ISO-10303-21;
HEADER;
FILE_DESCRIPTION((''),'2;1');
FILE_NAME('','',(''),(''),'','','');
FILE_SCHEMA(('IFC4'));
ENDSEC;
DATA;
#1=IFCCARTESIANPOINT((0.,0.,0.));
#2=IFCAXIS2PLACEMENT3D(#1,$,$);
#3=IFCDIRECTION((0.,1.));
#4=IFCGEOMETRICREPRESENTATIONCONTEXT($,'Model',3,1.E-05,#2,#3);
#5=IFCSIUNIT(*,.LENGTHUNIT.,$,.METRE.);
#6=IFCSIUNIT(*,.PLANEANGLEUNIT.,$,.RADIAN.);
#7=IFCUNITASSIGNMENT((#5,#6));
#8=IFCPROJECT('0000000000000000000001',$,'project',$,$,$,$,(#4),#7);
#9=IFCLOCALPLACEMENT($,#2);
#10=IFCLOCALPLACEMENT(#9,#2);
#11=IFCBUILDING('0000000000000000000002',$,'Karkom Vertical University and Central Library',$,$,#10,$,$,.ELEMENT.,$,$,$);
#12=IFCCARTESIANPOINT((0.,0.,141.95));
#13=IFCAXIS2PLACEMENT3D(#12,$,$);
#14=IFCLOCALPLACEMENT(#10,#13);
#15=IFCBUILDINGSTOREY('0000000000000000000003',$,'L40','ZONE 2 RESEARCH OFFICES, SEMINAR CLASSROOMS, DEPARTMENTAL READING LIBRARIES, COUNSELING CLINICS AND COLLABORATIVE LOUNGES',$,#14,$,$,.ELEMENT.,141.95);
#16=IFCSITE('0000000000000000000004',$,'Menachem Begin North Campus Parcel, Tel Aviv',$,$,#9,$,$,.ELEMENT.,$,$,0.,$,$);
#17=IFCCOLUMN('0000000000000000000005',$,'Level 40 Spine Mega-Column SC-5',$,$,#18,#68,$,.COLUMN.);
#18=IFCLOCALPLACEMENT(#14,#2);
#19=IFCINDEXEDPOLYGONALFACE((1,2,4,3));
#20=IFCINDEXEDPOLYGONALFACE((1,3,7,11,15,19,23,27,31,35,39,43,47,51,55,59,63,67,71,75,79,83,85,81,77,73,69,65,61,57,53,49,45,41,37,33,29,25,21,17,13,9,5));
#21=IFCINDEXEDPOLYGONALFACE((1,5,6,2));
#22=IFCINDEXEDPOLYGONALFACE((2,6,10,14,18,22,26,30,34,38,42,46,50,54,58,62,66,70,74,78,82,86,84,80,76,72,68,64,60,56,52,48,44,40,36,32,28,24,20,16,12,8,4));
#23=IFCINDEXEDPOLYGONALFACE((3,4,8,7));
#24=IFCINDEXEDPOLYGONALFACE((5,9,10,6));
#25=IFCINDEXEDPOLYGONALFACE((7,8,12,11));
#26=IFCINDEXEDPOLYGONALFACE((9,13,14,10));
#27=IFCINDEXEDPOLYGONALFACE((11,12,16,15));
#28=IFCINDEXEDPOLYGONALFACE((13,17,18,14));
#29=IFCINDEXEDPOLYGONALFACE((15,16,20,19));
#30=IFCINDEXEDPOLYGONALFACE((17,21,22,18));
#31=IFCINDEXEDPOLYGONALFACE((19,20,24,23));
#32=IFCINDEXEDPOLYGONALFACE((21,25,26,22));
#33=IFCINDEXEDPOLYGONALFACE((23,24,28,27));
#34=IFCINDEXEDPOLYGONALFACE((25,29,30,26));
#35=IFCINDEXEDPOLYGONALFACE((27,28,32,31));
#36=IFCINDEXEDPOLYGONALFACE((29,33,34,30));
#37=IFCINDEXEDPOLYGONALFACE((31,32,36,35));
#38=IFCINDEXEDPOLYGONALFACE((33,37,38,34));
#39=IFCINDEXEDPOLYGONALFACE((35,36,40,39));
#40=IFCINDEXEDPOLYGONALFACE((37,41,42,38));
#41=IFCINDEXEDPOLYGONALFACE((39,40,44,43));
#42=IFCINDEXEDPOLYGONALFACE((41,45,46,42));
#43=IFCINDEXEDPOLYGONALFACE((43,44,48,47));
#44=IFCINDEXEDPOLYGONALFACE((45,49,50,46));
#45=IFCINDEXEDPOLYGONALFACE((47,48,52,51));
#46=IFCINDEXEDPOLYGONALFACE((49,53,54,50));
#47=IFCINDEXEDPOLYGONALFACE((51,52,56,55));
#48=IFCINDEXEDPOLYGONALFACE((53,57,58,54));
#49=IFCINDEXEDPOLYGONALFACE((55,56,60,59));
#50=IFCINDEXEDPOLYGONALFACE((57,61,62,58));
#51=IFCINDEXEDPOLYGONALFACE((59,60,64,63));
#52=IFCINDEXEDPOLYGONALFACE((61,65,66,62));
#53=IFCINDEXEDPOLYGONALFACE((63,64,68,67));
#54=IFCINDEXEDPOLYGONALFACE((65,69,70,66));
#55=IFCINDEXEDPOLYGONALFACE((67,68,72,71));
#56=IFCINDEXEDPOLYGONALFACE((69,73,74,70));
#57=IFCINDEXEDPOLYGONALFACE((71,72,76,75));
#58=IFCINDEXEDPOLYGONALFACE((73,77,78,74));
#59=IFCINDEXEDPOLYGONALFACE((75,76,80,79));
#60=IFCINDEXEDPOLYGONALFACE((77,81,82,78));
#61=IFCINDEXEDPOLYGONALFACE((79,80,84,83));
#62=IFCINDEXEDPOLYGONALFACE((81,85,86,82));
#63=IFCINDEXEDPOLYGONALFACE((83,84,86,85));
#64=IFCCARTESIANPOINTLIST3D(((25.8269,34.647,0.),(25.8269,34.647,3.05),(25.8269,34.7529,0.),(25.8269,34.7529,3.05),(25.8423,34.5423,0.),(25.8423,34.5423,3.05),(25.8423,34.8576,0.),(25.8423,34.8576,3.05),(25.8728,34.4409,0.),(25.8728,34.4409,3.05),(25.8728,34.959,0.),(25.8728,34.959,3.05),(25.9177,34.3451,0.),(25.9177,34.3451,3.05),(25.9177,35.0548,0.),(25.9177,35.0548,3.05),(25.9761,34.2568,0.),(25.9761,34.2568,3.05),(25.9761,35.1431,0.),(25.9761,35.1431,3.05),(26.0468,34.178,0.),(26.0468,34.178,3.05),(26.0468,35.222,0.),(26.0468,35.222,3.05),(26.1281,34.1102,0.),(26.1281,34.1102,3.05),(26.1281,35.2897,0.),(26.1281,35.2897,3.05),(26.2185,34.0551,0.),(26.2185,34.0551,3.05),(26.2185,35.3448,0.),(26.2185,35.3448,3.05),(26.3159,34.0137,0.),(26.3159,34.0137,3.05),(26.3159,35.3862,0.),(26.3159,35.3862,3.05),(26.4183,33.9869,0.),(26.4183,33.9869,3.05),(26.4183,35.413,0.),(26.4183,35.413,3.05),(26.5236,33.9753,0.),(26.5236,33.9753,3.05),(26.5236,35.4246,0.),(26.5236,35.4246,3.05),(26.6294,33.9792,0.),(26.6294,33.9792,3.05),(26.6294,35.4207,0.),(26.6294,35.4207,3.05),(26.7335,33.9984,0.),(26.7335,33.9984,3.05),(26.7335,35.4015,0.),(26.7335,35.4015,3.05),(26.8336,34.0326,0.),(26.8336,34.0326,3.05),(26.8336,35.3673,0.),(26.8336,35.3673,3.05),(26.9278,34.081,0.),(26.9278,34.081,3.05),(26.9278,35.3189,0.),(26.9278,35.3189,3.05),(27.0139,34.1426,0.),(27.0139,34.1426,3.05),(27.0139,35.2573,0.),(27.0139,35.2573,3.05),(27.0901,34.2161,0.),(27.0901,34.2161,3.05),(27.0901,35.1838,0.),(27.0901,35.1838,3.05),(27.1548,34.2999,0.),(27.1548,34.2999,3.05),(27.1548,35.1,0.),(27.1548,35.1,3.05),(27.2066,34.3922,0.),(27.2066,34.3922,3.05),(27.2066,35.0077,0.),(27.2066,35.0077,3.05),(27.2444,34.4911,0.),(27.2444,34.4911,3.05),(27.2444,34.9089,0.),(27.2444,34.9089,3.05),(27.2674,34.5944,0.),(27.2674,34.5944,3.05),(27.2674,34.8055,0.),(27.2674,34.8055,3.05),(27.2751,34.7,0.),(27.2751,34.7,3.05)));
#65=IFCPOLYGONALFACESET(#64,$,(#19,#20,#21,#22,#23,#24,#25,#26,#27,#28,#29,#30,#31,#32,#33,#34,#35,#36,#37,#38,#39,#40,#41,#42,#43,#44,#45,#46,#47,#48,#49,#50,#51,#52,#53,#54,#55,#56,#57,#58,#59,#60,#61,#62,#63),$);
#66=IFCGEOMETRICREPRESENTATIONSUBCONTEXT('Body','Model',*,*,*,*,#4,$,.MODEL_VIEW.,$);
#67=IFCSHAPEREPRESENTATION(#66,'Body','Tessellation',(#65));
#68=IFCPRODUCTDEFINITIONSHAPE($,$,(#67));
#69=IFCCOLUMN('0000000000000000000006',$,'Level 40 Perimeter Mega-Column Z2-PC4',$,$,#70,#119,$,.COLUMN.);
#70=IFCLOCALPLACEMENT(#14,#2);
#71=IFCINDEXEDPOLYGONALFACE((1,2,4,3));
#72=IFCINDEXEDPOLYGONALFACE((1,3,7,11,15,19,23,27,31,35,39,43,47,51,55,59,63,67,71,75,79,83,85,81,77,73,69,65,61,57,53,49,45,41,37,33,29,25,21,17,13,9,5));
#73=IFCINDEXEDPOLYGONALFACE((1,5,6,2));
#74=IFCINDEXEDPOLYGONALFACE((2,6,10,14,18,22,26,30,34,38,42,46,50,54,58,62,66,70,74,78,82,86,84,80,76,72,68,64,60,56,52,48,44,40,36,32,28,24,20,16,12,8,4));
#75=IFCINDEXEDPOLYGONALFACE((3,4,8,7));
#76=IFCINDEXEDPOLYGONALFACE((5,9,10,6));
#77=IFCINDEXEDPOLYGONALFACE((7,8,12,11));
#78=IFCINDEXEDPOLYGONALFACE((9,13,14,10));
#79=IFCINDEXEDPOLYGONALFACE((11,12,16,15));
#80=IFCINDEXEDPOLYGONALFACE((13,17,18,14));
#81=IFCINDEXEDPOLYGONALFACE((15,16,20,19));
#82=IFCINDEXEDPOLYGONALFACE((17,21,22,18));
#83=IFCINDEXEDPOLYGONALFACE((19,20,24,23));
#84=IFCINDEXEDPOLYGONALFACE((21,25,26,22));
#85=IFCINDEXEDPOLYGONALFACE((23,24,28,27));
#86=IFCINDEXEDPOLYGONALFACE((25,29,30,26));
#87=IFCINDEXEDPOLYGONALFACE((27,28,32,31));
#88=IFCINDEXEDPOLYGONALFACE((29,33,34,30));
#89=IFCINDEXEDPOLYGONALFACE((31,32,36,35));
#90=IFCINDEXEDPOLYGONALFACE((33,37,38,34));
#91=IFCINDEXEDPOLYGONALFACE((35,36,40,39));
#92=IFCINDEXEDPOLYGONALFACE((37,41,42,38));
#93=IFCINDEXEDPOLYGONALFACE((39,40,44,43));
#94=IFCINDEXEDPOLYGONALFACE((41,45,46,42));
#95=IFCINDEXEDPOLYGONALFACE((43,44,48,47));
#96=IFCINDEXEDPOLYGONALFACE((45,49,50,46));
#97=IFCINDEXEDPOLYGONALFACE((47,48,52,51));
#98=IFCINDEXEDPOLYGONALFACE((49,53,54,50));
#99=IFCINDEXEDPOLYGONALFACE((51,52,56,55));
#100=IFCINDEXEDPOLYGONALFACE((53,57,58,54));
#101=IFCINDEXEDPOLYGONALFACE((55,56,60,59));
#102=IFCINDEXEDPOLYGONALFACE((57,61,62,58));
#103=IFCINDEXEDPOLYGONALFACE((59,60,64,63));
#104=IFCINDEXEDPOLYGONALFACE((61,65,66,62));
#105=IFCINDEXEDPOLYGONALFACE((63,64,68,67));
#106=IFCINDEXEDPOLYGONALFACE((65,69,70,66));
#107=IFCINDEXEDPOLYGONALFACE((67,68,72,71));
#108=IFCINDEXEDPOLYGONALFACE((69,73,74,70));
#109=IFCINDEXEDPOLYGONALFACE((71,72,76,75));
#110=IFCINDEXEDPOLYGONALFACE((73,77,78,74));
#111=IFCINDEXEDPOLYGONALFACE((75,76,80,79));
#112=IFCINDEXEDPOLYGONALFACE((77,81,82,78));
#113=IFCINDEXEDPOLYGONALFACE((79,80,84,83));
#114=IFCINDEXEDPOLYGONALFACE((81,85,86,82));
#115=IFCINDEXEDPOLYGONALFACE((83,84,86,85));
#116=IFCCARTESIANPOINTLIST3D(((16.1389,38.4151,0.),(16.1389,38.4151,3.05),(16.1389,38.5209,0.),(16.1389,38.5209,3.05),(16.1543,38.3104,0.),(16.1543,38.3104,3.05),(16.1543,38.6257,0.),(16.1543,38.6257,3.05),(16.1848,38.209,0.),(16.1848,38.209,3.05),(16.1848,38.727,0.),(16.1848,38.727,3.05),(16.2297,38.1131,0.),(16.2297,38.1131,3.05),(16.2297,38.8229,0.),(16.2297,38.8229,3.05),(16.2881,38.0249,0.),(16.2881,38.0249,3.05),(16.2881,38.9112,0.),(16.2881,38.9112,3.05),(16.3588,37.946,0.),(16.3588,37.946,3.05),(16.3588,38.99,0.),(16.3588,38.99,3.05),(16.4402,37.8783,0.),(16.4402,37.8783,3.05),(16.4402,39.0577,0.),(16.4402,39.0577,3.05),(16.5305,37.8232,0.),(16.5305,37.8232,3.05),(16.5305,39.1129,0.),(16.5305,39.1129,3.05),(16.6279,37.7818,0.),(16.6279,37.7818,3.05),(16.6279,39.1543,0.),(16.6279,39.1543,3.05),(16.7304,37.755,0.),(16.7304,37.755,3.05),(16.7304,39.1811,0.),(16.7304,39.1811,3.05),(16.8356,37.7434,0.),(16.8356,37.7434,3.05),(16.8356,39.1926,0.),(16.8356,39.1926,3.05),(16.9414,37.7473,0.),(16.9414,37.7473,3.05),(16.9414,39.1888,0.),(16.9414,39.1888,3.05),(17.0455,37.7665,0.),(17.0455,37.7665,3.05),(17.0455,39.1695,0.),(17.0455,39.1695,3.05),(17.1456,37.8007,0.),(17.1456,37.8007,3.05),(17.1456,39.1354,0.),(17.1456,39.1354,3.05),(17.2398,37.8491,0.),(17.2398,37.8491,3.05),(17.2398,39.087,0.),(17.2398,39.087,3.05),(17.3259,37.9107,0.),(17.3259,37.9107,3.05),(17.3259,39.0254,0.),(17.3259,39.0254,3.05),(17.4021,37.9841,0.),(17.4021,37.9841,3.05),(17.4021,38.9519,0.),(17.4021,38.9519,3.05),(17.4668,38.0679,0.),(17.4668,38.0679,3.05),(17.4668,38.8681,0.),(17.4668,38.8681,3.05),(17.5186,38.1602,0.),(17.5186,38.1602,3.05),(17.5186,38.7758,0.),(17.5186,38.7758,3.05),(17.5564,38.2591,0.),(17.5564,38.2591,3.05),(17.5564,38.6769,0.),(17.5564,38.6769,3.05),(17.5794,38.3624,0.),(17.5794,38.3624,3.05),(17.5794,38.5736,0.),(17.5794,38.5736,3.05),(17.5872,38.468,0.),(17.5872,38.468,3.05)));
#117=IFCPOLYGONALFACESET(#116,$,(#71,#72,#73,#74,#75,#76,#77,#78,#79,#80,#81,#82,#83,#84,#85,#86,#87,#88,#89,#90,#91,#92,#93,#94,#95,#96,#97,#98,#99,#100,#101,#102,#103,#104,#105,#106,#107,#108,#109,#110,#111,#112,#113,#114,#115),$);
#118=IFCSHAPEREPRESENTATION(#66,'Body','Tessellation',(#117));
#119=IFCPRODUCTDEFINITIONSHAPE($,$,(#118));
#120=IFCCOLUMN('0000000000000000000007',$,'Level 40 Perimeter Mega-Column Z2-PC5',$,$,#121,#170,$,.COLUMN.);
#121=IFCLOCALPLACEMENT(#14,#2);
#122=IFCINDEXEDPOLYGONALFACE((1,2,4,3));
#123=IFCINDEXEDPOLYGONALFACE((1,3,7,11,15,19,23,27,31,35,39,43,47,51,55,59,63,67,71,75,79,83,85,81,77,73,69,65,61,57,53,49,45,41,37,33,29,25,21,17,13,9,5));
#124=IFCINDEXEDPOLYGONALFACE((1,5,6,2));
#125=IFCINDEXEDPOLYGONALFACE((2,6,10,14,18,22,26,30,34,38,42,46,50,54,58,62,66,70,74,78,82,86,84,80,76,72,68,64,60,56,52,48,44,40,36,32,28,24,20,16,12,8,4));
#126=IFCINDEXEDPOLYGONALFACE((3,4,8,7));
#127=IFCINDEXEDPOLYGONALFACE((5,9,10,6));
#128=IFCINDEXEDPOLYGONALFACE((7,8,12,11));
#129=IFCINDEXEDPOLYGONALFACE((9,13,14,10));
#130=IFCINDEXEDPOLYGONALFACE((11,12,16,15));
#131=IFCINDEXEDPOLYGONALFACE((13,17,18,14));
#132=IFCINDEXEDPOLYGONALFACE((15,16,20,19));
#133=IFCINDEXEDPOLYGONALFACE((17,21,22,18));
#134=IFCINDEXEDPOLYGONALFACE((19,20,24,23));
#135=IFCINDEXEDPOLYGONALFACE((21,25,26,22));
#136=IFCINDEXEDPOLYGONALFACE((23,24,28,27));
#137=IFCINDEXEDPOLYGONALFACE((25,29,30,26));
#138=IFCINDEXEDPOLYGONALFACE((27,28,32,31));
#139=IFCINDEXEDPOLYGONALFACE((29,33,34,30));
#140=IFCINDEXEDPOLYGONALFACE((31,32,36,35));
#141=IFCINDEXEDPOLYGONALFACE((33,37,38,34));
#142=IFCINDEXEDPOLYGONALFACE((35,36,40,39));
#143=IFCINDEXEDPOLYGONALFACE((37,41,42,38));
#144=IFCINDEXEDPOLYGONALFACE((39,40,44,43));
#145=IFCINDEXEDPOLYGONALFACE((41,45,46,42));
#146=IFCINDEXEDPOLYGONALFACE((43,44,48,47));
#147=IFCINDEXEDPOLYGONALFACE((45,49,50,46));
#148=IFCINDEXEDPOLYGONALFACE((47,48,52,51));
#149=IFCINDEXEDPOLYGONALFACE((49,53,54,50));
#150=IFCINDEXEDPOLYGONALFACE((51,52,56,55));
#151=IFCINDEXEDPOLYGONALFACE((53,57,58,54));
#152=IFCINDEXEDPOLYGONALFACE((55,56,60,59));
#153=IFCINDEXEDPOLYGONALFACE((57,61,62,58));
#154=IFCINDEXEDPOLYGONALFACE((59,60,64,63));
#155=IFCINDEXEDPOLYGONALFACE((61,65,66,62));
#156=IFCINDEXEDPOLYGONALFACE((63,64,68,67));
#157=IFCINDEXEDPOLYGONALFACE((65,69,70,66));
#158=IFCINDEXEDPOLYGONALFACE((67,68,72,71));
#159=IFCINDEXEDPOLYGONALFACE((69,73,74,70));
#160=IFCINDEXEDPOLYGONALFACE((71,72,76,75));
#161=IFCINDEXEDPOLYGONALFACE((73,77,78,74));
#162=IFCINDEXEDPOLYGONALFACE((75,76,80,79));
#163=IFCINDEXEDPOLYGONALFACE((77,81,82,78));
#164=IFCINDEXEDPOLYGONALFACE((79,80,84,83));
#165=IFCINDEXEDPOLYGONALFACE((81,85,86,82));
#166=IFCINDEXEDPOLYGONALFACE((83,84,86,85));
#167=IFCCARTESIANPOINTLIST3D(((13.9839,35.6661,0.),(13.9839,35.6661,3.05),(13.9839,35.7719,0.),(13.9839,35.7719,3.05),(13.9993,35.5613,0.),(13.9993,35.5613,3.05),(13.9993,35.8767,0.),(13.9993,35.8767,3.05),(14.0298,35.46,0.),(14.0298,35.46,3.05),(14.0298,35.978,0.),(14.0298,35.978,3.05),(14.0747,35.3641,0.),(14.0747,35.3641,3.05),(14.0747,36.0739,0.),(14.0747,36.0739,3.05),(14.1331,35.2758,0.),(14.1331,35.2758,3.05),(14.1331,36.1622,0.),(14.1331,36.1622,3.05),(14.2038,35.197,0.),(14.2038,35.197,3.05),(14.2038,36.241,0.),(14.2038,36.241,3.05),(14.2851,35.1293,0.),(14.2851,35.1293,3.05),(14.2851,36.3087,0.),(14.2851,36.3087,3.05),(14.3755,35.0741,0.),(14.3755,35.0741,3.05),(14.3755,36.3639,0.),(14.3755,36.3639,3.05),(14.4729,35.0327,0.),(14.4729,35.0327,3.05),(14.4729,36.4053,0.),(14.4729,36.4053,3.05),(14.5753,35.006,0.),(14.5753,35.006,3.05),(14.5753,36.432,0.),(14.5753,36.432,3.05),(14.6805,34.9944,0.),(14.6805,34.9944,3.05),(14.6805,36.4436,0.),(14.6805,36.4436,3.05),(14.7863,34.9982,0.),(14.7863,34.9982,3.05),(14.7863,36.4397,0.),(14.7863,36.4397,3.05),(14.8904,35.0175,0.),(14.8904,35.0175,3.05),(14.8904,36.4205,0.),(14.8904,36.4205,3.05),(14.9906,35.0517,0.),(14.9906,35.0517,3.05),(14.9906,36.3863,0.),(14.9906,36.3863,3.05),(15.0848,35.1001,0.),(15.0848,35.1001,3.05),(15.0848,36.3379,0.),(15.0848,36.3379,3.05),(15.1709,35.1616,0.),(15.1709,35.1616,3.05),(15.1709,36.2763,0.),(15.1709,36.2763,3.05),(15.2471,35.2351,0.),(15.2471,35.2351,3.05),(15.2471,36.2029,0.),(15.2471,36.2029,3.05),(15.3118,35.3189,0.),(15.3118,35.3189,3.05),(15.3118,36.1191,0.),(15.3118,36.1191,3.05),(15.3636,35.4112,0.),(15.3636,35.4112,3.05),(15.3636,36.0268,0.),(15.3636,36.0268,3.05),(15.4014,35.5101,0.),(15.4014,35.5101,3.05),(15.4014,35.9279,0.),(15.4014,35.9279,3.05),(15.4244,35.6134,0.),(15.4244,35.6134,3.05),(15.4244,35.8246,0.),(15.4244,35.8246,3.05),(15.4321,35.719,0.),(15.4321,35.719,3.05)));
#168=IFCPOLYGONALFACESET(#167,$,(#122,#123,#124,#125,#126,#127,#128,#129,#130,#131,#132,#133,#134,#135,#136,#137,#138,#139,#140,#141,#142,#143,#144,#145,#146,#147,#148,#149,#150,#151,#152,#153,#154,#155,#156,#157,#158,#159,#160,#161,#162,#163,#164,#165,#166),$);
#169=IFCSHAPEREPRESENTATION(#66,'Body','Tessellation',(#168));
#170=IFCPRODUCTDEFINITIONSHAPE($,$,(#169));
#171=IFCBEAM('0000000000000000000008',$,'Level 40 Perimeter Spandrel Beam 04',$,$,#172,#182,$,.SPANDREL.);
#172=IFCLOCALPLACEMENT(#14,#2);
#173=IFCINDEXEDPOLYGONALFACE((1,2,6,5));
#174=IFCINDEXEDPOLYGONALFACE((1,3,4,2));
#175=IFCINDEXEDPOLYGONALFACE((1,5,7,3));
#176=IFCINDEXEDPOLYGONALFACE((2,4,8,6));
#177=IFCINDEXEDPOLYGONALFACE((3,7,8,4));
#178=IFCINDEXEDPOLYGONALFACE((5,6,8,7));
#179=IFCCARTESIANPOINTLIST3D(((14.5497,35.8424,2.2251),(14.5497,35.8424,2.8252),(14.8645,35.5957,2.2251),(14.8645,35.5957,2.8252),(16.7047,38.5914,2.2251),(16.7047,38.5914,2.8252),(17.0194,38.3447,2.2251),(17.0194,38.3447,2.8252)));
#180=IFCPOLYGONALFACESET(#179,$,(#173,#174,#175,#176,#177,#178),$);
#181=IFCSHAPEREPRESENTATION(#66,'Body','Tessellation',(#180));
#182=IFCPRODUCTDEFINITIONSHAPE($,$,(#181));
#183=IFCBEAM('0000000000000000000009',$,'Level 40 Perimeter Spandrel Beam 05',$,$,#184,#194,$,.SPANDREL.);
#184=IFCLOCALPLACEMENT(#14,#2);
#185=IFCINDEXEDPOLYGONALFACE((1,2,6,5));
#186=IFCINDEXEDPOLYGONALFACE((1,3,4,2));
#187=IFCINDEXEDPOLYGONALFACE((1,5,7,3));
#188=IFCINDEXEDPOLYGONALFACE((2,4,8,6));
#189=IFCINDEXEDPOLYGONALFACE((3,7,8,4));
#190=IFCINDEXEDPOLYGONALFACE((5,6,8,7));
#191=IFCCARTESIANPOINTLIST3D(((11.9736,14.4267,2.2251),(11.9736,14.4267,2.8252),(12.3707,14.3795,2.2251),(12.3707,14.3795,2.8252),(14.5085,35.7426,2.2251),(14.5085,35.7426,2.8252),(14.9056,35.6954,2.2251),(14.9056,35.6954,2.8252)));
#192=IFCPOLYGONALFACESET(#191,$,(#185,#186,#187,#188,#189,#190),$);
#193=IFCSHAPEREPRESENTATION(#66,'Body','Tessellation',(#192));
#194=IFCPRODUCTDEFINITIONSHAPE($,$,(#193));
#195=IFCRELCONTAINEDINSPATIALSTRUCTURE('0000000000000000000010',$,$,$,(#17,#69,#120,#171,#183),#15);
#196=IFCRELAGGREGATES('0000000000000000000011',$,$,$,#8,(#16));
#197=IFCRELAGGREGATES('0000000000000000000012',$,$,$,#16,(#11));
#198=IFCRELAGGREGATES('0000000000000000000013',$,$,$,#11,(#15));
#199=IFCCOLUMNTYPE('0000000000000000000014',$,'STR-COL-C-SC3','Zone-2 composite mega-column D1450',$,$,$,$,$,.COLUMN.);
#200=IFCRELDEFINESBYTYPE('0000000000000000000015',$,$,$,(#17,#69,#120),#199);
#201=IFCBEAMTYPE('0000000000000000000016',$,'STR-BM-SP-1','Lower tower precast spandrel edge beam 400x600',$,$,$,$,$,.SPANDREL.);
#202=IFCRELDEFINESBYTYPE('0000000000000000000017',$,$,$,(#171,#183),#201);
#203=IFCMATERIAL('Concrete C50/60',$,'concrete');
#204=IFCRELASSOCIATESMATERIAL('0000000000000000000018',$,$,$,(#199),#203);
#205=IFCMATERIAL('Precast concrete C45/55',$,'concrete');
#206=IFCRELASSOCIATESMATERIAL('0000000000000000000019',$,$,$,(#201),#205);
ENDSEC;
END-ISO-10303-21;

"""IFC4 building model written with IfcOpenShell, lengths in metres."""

from ifc_helpers import new_model, si_unit, direction, frame, origin, origin_with_axes, origin_2d, place, context, subcontext, project, spatial, rectangle, circle, extrude, source, transform, mapped, material, material_profile, profile_set, type_object, element, save


model = new_model("IFC4")

# Units and contexts
model_context = context("Model", 3, precision=1e-05, world=origin(), true_north=direction((0.0, 1.0)))
body_context = subcontext(model_context, "Body", "Model", "MODEL_VIEW")
ifc_project = project(units=[si_unit("LENGTHUNIT", "METRE"), si_unit("PLANEANGLEUNIT", "RADIAN")], contexts=[model_context])

# Site, building, storey
site_placement = place(None, origin())
site = spatial("IfcSite", under=ifc_project, at=site_placement, Name="Menachem Begin North Campus Parcel, Tel Aviv", CompositionType="ELEMENT", RefElevation=0.0)
building_placement = place(site_placement, origin())
building = spatial("IfcBuilding", under=site, at=building_placement, Name="Karkom Vertical University and Central Library", CompositionType="ELEMENT")
storey_placement = place(building_placement, frame((0.0, 0.0, 141.95)))
storey = spatial("IfcBuildingStorey", under=building, at=storey_placement, Name="L40", Description="ZONE 2 RESEARCH OFFICES, SEMINAR CLASSROOMS, DEPARTMENTAL READING LIBRARIES, COUNSELING CLINICS AND COLLABORATIVE LOUNGES", CompositionType="ELEMENT", Elevation=141.95)

# Columns
ifc_material_1 = material(Name="Concrete C50/60", Category="concrete")
ifc_material_profile_1 = material_profile(ifc_material_1, circle(Radius=0.7251, at=origin_2d()), Name="CFT-D1450")
ifc_profile_set_1 = profile_set([ifc_material_profile_1], Name="Concrete C50/60")
column_type = type_object("IfcColumnType", Name="STR-COL-C-SC3", Description="Zone-2 composite mega-column D1450", PredefinedType="COLUMN", material=ifc_profile_set_1)
shared_shape_1 = source(origin_with_axes(), body_context, "Body", "SweptSolid", [
    extrude(circle(Radius=0.7251, at=origin_2d()), origin(), (0.0, 0.0, 1.0), 3.05),
])
for number, where, z_axis, x_axis, name in (
    (1, (26.55, 34.7, 0.0), (0.0, 0.0, 1.0), (1.0, 0.0, 0.0), "Level 40 Spine Mega-Column SC-5"),
    (2, (16.8621, 38.468, 0.0), (0.0, 0.0, 1.0), (1.0, 0.0, 0.0), "Level 40 Perimeter Mega-Column Z2-PC4"),
    (3, (14.707, 35.719, 0.0), (0.0, 0.0, 1.0), (1.0, 0.0, 0.0), "Level 40 Perimeter Mega-Column Z2-PC5"),
):
    element("IfcColumn", number, at=place(storey_placement, frame(where, z_axis=z_axis, x_axis=x_axis)), inside=storey, type_object=column_type, Name=name, PredefinedType="COLUMN", context=body_context, shape_type="MappedRepresentation", body=[
        mapped(shared_shape_1, transform((0.0, 0.0, 0.0), scale=1.0)),
    ])

# Beams
ifc_material_2 = material(Name="Precast concrete C45/55", Category="concrete")
ifc_material_profile_2 = material_profile(ifc_material_2, rectangle(XDim=0.3999, YDim=0.6001, at=origin_2d()), Name="SPB-400x600")
ifc_profile_set_2 = profile_set([ifc_material_profile_2], Name="Precast concrete C45/55")
beam_type_1 = type_object("IfcBeamType", Name="STR-BM-SP-1", Description="Lower tower precast spandrel edge beam 400x600", PredefinedType="SPANDREL", material=ifc_profile_set_2)
shared_shape_2 = source(origin_with_axes(), body_context, "Body", "SweptSolid", [
    extrude(rectangle(XDim=0.3999, YDim=0.6001, at=origin_2d()), origin(), (0.0, 0.0, 1.0), 3.4929),
])
beam_1_placement = place(storey_placement, frame((16.8621, 38.468, 2.5251), z_axis=(-0.616951, -0.787002, 0.0), x_axis=(0.787002, -0.616951, 0.0)))
element("IfcBeam", 4, at=beam_1_placement, inside=storey, type_object=beam_type_1, Name="Level 40 Perimeter Spandrel Beam 04", PredefinedType="SPANDREL", context=body_context, shape_type="MappedRepresentation", body=[
    mapped(shared_shape_2, transform((0.0, 0.0, 0.0), scale=1.0)),
])
shared_shape_3 = source(origin_with_axes(), body_context, "Body", "SweptSolid", [
    extrude(rectangle(XDim=0.3999, YDim=0.6001, at=origin_2d()), origin(), (0.0, 0.0, 1.0), 21.4661),
])
beam_2_placement = place(storey_placement, frame((14.707, 35.719, 2.5251), z_axis=(-0.118089, -0.993003, 0.0), x_axis=(0.993003, -0.118089, 0.0)))
element("IfcBeam", 5, at=beam_2_placement, inside=storey, type_object=beam_type_1, Name="Level 40 Perimeter Spandrel Beam 05", PredefinedType="SPANDREL", context=body_context, shape_type="MappedRepresentation", body=[
    mapped(shared_shape_3, transform((0.0, 0.0, 0.0), scale=1.0)),
])

save(model, "model.ifc")
